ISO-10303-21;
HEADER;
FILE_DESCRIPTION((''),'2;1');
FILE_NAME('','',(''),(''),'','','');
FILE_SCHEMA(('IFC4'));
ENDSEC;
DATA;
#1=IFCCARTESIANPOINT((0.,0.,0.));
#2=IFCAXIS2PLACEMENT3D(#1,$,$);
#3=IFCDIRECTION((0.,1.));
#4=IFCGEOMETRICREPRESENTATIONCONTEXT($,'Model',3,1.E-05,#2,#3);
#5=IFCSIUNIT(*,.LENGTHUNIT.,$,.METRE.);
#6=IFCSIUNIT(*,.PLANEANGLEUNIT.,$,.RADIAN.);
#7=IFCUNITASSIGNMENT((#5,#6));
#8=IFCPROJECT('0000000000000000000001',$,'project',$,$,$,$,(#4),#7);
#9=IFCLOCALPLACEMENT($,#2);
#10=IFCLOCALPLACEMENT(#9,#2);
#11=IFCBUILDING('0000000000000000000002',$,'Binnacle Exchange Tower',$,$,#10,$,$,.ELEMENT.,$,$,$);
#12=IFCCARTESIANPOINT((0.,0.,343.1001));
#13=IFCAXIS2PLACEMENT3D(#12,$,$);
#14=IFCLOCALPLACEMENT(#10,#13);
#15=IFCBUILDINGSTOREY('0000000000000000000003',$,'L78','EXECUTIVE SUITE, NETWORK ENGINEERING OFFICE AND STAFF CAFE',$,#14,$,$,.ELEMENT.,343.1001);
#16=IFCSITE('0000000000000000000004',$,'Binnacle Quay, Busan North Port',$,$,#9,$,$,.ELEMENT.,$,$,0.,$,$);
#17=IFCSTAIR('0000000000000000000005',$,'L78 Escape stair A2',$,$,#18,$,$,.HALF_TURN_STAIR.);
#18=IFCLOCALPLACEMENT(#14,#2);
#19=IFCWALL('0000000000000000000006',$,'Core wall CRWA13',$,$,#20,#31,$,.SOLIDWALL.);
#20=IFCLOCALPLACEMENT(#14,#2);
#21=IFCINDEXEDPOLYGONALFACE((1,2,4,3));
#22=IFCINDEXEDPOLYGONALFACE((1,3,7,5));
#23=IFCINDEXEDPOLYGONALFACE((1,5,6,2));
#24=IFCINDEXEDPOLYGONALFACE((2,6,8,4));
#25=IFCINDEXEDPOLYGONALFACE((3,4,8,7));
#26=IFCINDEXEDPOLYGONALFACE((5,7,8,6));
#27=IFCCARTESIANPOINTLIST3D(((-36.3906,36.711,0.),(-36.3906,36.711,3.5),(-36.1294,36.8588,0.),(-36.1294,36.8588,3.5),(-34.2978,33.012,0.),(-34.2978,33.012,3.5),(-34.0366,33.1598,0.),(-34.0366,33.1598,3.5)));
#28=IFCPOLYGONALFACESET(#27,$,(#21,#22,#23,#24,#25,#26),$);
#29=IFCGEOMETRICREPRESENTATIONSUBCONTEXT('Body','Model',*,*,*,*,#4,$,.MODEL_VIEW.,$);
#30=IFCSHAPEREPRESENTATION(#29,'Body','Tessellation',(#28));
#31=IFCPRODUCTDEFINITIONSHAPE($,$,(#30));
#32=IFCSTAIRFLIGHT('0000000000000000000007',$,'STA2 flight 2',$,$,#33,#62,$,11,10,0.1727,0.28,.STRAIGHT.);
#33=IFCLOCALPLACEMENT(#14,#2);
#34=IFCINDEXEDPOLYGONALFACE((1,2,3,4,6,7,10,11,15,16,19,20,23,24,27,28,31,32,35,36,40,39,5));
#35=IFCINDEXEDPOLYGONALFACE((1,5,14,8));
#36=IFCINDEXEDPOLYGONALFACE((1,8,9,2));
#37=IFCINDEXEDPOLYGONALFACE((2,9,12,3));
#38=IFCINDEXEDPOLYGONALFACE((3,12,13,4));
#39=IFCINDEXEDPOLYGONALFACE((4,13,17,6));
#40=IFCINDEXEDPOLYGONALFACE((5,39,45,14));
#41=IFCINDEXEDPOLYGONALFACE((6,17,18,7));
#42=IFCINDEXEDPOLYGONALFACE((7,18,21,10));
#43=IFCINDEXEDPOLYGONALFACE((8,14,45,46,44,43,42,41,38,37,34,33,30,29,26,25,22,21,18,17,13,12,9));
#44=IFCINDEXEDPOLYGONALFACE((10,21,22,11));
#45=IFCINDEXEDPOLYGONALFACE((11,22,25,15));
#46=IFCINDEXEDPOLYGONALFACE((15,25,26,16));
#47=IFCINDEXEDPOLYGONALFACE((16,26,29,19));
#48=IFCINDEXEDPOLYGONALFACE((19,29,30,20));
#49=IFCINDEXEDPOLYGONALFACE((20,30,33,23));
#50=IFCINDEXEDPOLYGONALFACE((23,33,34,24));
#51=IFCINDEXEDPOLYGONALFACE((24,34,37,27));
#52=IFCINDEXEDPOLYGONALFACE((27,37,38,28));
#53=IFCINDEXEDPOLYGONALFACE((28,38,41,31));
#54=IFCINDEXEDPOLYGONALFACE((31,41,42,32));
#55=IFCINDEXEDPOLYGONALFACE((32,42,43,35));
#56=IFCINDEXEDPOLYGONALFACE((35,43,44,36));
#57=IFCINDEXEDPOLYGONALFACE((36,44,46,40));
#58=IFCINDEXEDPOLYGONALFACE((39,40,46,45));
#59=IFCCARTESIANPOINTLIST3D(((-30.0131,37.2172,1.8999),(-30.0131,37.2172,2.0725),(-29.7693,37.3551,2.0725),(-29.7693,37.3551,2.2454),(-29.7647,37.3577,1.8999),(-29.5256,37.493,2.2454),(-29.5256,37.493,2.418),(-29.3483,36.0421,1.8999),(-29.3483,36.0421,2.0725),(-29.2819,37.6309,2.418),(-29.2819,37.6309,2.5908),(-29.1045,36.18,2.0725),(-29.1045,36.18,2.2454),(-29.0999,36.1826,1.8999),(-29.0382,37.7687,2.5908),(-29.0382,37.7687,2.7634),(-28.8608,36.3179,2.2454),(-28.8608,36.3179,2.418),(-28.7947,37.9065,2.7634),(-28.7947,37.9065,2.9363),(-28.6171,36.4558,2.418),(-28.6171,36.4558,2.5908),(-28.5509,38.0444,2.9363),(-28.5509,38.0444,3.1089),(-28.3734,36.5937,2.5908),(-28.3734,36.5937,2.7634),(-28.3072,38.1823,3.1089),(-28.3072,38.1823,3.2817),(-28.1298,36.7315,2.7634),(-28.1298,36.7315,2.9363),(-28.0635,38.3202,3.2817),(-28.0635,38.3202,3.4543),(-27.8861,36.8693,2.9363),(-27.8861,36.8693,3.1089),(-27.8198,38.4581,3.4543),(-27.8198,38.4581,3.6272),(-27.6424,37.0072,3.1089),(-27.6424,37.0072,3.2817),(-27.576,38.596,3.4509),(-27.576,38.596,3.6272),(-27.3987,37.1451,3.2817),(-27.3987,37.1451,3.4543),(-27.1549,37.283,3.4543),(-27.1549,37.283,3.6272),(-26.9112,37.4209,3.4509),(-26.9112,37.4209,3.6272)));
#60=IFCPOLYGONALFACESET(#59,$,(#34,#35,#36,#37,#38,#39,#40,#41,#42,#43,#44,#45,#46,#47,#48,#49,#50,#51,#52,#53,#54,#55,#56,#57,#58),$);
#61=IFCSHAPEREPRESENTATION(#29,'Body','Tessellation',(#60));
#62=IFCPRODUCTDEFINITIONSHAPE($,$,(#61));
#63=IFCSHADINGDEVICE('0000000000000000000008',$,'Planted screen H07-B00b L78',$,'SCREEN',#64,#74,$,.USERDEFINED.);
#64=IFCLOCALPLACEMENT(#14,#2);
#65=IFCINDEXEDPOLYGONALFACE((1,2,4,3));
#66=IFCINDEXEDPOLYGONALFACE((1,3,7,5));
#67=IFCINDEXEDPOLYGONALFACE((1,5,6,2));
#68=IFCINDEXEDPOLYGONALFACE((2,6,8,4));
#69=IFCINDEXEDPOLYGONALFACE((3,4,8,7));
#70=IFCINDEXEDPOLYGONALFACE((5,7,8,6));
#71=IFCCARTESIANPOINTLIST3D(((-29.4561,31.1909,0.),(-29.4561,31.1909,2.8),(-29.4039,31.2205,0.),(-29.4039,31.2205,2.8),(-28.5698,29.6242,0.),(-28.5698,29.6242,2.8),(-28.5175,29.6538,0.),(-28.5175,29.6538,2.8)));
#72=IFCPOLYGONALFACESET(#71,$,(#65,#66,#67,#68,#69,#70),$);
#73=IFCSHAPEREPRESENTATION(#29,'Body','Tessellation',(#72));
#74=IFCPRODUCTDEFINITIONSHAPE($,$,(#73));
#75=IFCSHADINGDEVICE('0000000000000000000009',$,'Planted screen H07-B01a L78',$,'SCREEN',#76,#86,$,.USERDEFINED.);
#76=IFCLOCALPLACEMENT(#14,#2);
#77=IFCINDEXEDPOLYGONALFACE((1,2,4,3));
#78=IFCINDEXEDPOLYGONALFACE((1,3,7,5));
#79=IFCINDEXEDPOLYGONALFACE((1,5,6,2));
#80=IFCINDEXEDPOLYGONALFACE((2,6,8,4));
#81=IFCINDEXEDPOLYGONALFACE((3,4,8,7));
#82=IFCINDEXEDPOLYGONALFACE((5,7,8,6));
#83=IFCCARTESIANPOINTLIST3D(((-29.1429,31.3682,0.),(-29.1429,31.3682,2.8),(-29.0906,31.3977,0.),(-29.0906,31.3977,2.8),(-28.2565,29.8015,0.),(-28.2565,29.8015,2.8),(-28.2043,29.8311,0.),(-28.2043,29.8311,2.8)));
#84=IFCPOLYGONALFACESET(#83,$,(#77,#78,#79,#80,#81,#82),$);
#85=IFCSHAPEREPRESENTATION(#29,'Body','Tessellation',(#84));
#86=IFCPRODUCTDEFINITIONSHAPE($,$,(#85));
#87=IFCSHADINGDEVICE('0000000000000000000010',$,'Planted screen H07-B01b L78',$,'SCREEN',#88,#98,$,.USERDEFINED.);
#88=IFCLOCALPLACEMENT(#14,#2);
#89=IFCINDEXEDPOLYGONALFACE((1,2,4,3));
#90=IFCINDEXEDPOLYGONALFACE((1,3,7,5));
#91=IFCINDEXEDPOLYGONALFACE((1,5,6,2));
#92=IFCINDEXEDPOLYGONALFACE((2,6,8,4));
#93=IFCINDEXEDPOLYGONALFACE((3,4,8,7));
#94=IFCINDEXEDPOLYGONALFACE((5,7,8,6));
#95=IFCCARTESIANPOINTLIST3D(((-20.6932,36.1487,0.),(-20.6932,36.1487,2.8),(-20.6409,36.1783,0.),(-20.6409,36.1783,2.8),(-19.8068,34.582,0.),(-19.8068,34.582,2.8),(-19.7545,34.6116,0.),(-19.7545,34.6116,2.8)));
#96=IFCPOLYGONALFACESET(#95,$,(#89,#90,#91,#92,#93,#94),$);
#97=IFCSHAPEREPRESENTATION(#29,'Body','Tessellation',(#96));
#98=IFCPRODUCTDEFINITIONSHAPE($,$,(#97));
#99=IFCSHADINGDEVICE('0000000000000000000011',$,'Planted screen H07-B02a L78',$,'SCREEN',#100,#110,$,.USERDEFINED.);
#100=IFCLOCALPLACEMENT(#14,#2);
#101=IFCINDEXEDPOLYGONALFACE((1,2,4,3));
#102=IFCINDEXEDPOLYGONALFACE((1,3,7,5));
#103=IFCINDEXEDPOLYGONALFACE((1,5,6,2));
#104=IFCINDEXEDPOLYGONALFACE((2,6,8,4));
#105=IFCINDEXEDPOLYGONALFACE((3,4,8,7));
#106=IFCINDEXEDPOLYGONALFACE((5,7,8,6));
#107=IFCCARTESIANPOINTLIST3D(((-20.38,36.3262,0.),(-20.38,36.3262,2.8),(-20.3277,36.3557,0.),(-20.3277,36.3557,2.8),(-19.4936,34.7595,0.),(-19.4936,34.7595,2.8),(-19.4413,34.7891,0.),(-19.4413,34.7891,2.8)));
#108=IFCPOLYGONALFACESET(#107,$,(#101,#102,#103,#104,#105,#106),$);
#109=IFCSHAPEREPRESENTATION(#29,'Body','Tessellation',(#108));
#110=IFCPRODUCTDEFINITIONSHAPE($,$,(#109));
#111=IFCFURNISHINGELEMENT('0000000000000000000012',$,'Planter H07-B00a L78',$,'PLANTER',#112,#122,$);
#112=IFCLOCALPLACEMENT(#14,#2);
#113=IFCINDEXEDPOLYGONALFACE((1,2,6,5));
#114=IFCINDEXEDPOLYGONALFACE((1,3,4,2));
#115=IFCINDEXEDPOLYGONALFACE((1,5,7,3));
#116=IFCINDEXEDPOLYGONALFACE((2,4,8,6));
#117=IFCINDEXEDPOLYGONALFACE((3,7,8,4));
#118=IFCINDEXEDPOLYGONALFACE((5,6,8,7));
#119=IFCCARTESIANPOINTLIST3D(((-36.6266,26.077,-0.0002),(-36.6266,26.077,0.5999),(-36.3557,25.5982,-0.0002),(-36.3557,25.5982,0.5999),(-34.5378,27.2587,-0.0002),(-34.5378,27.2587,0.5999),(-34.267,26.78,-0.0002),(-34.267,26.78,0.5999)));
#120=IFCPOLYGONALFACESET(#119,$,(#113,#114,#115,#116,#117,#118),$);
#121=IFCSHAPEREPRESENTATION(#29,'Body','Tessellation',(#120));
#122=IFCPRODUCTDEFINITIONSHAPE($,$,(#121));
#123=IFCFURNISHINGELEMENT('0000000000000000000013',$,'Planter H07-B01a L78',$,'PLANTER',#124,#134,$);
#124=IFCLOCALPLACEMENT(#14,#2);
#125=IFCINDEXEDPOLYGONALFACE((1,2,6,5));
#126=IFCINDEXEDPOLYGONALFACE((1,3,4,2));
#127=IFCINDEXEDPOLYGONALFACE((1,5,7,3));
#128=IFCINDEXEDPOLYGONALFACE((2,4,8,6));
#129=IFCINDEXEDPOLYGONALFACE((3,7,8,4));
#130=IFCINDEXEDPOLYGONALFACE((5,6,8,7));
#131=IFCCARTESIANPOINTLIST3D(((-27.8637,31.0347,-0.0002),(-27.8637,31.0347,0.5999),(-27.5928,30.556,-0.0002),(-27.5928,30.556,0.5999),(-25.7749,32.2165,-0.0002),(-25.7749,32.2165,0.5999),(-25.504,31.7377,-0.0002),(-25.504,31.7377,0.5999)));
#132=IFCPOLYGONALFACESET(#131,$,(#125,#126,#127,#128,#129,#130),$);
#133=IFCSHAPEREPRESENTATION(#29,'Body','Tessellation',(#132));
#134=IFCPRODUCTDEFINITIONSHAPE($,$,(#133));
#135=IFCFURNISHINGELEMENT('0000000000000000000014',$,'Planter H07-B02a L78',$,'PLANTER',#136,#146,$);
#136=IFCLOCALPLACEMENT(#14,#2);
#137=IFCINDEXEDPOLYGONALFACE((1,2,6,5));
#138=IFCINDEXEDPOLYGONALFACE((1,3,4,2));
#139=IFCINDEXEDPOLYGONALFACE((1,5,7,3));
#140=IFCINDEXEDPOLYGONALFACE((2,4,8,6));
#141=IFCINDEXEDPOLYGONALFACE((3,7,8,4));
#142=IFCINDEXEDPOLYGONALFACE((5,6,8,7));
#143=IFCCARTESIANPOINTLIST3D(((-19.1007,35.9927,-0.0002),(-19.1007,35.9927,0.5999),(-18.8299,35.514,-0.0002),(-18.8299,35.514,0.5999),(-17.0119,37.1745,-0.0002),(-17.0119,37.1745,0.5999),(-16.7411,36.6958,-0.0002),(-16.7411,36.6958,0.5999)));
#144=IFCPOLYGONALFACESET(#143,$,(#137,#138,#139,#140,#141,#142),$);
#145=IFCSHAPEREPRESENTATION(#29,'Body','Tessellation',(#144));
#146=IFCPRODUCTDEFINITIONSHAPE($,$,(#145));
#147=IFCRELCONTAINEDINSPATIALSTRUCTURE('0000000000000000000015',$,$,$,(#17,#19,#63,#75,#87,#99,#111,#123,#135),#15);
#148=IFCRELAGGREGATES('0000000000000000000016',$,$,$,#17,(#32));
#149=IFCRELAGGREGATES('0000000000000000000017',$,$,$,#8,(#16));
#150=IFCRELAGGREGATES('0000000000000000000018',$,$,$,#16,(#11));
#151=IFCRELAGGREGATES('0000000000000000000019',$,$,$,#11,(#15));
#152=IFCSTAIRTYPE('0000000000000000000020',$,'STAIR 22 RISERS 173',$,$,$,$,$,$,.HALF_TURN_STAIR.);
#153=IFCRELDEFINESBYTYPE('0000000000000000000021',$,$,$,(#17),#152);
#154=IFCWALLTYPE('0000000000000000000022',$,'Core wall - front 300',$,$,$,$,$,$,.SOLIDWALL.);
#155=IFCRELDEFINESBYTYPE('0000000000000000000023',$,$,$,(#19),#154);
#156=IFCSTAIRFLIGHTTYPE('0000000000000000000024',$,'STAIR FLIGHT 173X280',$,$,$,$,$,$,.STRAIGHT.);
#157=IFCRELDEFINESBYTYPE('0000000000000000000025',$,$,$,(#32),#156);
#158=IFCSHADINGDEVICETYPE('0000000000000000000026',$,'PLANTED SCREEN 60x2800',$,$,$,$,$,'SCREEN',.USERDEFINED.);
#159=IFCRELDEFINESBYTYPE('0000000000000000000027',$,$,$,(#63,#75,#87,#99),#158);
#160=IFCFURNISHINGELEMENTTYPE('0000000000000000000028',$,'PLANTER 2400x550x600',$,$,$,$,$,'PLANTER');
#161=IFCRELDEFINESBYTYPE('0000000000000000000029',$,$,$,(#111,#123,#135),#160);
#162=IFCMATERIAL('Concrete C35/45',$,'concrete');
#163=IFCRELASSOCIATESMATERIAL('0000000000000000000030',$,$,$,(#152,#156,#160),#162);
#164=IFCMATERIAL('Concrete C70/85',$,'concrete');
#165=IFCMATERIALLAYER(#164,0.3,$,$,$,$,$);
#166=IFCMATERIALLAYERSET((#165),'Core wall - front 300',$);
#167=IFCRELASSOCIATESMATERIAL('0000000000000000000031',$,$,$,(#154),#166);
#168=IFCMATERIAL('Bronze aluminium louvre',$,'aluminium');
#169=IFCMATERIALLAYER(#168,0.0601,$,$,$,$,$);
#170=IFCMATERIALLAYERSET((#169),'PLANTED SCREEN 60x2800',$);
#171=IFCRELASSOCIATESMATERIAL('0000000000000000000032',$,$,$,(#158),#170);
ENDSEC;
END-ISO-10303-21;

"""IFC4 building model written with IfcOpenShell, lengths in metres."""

from ifc_helpers import new_model, si_unit, direction, frame, frame_2d, origin, origin_2d, place, context, subcontext, project, spatial, polyline, rectangle, outline, extrude, material, layer, layer_set, type_object, element, aggregate, save


model = new_model("IFC4")

# Units and contexts
model_context = context("Model", 3, precision=1e-05, world=origin(), true_north=direction((0.0, 1.0)))
body_context = subcontext(model_context, "Body", "Model", "MODEL_VIEW")
ifc_project = project(units=[si_unit("LENGTHUNIT", "METRE"), si_unit("PLANEANGLEUNIT", "RADIAN")], contexts=[model_context])

# Site, building, storey
site_placement = place(None, origin())
site = spatial("IfcSite", under=ifc_project, at=site_placement, Name="Binnacle Quay, Busan North Port", CompositionType="ELEMENT", RefElevation=0.0)
building_placement = place(site_placement, origin())
building = spatial("IfcBuilding", under=site, at=building_placement, Name="Binnacle Exchange Tower", CompositionType="ELEMENT")
storey_placement = place(building_placement, frame((0.0, 0.0, 343.1001)))
storey = spatial("IfcBuildingStorey", under=building, at=storey_placement, Name="L78", Description="EXECUTIVE SUITE, NETWORK ENGINEERING OFFICE AND STAFF CAFE", CompositionType="ELEMENT", Elevation=343.1001)

# Shared definitions
ifc_material_1 = material(Name="Concrete C35/45", Category="concrete")

# Stair
stair_type = type_object("IfcStairType", Name="STAIR 22 RISERS 173", PredefinedType="HALF_TURN_STAIR", material=ifc_material_1)
stair_1_placement = place(storey_placement, origin())
stair_1 = element("IfcStair", 1, at=stair_1_placement, inside=storey, type_object=stair_type, Name="L78 Escape stair A2", PredefinedType="HALF_TURN_STAIR")

# Wall
ifc_material_2 = material(Name="Concrete C70/85", Category="concrete")
ifc_layer_1 = layer(ifc_material_2, 0.3)
ifc_layer_set_1 = layer_set([ifc_layer_1], Name="Core wall - front 300")
wall_type = type_object("IfcWallType", Name="Core wall - front 300", PredefinedType="SOLIDWALL", material=ifc_layer_set_1)
wall_placement = place(storey_placement, frame((-36.26, 36.7849, 0.0), z_axis=(0.0, 0.0, 1.0), x_axis=(0.492423, -0.870356, 0.0)))
element("IfcWall", 2, at=wall_placement, inside=storey, type_object=wall_type, Name="Core wall CRWA13", PredefinedType="SOLIDWALL", context=body_context, shape_type="SweptSolid", body=[
    extrude(rectangle(XDim=4.25, YDim=0.3, at=frame_2d((2.125, 0.0))), origin(), (0.0, 0.0, 1.0), 3.5),
])

# Stair flight
stair_flight_type = type_object("IfcStairFlightType", Name="STAIR FLIGHT 173X280", PredefinedType="STRAIGHT", material=ifc_material_1)
stair_flight_placement = place(storey_placement, frame((-29.6807, 36.6296, 1.8999), z_axis=(0.0, 0.0, 1.0), x_axis=(0.870356, 0.492424, 0.0)))
stair_flight = element("IfcStairFlight", 3, at=stair_flight_placement, type_object=stair_flight_type, Name="STA2 flight 2", NumberOfRisers=11, NumberOfTreads=10, PredefinedType="STRAIGHT", RiserHeight=0.1727, TreadLength=0.28, context=body_context, shape_type="SweptSolid", body=[
    extrude(outline(polyline([(0.0, 0.0), (0.0, 0.1726), (0.28, 0.1726), (0.28, 0.3455), (0.5601, 0.3455), (0.5601, 0.5181), (0.8401, 0.5181), (0.8401, 0.6909), (1.1201, 0.6909), (1.1201, 0.8635), (1.3999, 0.8635), (1.3999, 1.0364), (1.6799, 1.0364), (1.6799, 1.209), (1.96, 1.209), (1.96, 1.3818), (2.24, 1.3818), (2.24, 1.5544), (2.52, 1.5544), (2.52, 1.7273), (2.8, 1.7273), (2.8, 1.8999), (2.8, 1.551), (0.2854, 0.0), (0.0, 0.0)])), frame((0.0, 0.675, 0.0), z_axis=(0.0, -1.0, 0.0), x_axis=(1.0, 0.0, 0.0)), (0.0, 0.0, 1.0), 1.3501),
])
aggregate(stair_1, [stair_flight])

# Shading devices
ifc_material_3 = material(Name="Bronze aluminium louvre", Category="aluminium")
ifc_layer_2 = layer(ifc_material_3, 0.0601)
ifc_layer_set_2 = layer_set([ifc_layer_2], Name="PLANTED SCREEN 60x2800")
shading_device_type = type_object("IfcShadingDeviceType", Name="PLANTED SCREEN 60x2800", ElementType="SCREEN", PredefinedType="USERDEFINED", material=ifc_layer_set_2)
for number, where, z_axis, x_axis, name in (
    (4, (-28.9868, 30.4224, 0.0), (0.0, 0.0, 1.0), (0.870356, 0.492424, 0.0), "Planted screen H07-B00b L78"),
    (5, (-28.6736, 30.5996, 0.0), (0.0, 0.0, 1.0), (0.870356, 0.492424, 0.0), "Planted screen H07-B01a L78"),
    (6, (-20.2239, 35.3801, 0.0), (0.0, 0.0, 1.0), (0.870356, 0.492424, 0.0), "Planted screen H07-B01b L78"),
    (7, (-19.9106, 35.5576, 0.0), (0.0, 0.0, 1.0), (0.870356, 0.492424, 0.0), "Planted screen H07-B02a L78"),
):
    element("IfcShadingDevice", number, at=place(storey_placement, frame(where, z_axis=z_axis, x_axis=x_axis)), inside=storey, type_object=shading_device_type, Name=name, ObjectType="SCREEN", PredefinedType="USERDEFINED", context=body_context, shape_type="SweptSolid", body=[
        extrude(rectangle(XDim=0.0601, YDim=1.8, at=origin_2d()), origin(), (0.0, 0.0, 1.0), 2.8),
    ])

# Furnishing elements
furnishing_element_type = type_object("IfcFurnishingElementType", Name="PLANTER 2400x550x600", ElementType="PLANTER", material=ifc_material_1)
for number, where, z_axis, x_axis, name in (
    (8, (-35.4468, 26.4285, -0.0002), (0.0, 0.0, 1.0), (0.870356, 0.492424, 0.0), "Planter H07-B00a L78"),
    (9, (-26.6838, 31.3862, -0.0002), (0.0, 0.0, 1.0), (0.870356, 0.492424, 0.0), "Planter H07-B01a L78"),
    (10, (-17.9209, 36.3442, -0.0002), (0.0, 0.0, 1.0), (0.870356, 0.492424, 0.0), "Planter H07-B02a L78"),
):
    element("IfcFurnishingElement", number, at=place(storey_placement, frame(where, z_axis=z_axis, x_axis=x_axis)), inside=storey, type_object=furnishing_element_type, Name=name, ObjectType="PLANTER", context=body_context, shape_type="SweptSolid", body=[
        extrude(rectangle(XDim=2.3999, YDim=0.55, at=origin_2d()), origin(), (0.0, 0.0, 1.0), 0.6001),
    ])

save(model, "model.ifc")
